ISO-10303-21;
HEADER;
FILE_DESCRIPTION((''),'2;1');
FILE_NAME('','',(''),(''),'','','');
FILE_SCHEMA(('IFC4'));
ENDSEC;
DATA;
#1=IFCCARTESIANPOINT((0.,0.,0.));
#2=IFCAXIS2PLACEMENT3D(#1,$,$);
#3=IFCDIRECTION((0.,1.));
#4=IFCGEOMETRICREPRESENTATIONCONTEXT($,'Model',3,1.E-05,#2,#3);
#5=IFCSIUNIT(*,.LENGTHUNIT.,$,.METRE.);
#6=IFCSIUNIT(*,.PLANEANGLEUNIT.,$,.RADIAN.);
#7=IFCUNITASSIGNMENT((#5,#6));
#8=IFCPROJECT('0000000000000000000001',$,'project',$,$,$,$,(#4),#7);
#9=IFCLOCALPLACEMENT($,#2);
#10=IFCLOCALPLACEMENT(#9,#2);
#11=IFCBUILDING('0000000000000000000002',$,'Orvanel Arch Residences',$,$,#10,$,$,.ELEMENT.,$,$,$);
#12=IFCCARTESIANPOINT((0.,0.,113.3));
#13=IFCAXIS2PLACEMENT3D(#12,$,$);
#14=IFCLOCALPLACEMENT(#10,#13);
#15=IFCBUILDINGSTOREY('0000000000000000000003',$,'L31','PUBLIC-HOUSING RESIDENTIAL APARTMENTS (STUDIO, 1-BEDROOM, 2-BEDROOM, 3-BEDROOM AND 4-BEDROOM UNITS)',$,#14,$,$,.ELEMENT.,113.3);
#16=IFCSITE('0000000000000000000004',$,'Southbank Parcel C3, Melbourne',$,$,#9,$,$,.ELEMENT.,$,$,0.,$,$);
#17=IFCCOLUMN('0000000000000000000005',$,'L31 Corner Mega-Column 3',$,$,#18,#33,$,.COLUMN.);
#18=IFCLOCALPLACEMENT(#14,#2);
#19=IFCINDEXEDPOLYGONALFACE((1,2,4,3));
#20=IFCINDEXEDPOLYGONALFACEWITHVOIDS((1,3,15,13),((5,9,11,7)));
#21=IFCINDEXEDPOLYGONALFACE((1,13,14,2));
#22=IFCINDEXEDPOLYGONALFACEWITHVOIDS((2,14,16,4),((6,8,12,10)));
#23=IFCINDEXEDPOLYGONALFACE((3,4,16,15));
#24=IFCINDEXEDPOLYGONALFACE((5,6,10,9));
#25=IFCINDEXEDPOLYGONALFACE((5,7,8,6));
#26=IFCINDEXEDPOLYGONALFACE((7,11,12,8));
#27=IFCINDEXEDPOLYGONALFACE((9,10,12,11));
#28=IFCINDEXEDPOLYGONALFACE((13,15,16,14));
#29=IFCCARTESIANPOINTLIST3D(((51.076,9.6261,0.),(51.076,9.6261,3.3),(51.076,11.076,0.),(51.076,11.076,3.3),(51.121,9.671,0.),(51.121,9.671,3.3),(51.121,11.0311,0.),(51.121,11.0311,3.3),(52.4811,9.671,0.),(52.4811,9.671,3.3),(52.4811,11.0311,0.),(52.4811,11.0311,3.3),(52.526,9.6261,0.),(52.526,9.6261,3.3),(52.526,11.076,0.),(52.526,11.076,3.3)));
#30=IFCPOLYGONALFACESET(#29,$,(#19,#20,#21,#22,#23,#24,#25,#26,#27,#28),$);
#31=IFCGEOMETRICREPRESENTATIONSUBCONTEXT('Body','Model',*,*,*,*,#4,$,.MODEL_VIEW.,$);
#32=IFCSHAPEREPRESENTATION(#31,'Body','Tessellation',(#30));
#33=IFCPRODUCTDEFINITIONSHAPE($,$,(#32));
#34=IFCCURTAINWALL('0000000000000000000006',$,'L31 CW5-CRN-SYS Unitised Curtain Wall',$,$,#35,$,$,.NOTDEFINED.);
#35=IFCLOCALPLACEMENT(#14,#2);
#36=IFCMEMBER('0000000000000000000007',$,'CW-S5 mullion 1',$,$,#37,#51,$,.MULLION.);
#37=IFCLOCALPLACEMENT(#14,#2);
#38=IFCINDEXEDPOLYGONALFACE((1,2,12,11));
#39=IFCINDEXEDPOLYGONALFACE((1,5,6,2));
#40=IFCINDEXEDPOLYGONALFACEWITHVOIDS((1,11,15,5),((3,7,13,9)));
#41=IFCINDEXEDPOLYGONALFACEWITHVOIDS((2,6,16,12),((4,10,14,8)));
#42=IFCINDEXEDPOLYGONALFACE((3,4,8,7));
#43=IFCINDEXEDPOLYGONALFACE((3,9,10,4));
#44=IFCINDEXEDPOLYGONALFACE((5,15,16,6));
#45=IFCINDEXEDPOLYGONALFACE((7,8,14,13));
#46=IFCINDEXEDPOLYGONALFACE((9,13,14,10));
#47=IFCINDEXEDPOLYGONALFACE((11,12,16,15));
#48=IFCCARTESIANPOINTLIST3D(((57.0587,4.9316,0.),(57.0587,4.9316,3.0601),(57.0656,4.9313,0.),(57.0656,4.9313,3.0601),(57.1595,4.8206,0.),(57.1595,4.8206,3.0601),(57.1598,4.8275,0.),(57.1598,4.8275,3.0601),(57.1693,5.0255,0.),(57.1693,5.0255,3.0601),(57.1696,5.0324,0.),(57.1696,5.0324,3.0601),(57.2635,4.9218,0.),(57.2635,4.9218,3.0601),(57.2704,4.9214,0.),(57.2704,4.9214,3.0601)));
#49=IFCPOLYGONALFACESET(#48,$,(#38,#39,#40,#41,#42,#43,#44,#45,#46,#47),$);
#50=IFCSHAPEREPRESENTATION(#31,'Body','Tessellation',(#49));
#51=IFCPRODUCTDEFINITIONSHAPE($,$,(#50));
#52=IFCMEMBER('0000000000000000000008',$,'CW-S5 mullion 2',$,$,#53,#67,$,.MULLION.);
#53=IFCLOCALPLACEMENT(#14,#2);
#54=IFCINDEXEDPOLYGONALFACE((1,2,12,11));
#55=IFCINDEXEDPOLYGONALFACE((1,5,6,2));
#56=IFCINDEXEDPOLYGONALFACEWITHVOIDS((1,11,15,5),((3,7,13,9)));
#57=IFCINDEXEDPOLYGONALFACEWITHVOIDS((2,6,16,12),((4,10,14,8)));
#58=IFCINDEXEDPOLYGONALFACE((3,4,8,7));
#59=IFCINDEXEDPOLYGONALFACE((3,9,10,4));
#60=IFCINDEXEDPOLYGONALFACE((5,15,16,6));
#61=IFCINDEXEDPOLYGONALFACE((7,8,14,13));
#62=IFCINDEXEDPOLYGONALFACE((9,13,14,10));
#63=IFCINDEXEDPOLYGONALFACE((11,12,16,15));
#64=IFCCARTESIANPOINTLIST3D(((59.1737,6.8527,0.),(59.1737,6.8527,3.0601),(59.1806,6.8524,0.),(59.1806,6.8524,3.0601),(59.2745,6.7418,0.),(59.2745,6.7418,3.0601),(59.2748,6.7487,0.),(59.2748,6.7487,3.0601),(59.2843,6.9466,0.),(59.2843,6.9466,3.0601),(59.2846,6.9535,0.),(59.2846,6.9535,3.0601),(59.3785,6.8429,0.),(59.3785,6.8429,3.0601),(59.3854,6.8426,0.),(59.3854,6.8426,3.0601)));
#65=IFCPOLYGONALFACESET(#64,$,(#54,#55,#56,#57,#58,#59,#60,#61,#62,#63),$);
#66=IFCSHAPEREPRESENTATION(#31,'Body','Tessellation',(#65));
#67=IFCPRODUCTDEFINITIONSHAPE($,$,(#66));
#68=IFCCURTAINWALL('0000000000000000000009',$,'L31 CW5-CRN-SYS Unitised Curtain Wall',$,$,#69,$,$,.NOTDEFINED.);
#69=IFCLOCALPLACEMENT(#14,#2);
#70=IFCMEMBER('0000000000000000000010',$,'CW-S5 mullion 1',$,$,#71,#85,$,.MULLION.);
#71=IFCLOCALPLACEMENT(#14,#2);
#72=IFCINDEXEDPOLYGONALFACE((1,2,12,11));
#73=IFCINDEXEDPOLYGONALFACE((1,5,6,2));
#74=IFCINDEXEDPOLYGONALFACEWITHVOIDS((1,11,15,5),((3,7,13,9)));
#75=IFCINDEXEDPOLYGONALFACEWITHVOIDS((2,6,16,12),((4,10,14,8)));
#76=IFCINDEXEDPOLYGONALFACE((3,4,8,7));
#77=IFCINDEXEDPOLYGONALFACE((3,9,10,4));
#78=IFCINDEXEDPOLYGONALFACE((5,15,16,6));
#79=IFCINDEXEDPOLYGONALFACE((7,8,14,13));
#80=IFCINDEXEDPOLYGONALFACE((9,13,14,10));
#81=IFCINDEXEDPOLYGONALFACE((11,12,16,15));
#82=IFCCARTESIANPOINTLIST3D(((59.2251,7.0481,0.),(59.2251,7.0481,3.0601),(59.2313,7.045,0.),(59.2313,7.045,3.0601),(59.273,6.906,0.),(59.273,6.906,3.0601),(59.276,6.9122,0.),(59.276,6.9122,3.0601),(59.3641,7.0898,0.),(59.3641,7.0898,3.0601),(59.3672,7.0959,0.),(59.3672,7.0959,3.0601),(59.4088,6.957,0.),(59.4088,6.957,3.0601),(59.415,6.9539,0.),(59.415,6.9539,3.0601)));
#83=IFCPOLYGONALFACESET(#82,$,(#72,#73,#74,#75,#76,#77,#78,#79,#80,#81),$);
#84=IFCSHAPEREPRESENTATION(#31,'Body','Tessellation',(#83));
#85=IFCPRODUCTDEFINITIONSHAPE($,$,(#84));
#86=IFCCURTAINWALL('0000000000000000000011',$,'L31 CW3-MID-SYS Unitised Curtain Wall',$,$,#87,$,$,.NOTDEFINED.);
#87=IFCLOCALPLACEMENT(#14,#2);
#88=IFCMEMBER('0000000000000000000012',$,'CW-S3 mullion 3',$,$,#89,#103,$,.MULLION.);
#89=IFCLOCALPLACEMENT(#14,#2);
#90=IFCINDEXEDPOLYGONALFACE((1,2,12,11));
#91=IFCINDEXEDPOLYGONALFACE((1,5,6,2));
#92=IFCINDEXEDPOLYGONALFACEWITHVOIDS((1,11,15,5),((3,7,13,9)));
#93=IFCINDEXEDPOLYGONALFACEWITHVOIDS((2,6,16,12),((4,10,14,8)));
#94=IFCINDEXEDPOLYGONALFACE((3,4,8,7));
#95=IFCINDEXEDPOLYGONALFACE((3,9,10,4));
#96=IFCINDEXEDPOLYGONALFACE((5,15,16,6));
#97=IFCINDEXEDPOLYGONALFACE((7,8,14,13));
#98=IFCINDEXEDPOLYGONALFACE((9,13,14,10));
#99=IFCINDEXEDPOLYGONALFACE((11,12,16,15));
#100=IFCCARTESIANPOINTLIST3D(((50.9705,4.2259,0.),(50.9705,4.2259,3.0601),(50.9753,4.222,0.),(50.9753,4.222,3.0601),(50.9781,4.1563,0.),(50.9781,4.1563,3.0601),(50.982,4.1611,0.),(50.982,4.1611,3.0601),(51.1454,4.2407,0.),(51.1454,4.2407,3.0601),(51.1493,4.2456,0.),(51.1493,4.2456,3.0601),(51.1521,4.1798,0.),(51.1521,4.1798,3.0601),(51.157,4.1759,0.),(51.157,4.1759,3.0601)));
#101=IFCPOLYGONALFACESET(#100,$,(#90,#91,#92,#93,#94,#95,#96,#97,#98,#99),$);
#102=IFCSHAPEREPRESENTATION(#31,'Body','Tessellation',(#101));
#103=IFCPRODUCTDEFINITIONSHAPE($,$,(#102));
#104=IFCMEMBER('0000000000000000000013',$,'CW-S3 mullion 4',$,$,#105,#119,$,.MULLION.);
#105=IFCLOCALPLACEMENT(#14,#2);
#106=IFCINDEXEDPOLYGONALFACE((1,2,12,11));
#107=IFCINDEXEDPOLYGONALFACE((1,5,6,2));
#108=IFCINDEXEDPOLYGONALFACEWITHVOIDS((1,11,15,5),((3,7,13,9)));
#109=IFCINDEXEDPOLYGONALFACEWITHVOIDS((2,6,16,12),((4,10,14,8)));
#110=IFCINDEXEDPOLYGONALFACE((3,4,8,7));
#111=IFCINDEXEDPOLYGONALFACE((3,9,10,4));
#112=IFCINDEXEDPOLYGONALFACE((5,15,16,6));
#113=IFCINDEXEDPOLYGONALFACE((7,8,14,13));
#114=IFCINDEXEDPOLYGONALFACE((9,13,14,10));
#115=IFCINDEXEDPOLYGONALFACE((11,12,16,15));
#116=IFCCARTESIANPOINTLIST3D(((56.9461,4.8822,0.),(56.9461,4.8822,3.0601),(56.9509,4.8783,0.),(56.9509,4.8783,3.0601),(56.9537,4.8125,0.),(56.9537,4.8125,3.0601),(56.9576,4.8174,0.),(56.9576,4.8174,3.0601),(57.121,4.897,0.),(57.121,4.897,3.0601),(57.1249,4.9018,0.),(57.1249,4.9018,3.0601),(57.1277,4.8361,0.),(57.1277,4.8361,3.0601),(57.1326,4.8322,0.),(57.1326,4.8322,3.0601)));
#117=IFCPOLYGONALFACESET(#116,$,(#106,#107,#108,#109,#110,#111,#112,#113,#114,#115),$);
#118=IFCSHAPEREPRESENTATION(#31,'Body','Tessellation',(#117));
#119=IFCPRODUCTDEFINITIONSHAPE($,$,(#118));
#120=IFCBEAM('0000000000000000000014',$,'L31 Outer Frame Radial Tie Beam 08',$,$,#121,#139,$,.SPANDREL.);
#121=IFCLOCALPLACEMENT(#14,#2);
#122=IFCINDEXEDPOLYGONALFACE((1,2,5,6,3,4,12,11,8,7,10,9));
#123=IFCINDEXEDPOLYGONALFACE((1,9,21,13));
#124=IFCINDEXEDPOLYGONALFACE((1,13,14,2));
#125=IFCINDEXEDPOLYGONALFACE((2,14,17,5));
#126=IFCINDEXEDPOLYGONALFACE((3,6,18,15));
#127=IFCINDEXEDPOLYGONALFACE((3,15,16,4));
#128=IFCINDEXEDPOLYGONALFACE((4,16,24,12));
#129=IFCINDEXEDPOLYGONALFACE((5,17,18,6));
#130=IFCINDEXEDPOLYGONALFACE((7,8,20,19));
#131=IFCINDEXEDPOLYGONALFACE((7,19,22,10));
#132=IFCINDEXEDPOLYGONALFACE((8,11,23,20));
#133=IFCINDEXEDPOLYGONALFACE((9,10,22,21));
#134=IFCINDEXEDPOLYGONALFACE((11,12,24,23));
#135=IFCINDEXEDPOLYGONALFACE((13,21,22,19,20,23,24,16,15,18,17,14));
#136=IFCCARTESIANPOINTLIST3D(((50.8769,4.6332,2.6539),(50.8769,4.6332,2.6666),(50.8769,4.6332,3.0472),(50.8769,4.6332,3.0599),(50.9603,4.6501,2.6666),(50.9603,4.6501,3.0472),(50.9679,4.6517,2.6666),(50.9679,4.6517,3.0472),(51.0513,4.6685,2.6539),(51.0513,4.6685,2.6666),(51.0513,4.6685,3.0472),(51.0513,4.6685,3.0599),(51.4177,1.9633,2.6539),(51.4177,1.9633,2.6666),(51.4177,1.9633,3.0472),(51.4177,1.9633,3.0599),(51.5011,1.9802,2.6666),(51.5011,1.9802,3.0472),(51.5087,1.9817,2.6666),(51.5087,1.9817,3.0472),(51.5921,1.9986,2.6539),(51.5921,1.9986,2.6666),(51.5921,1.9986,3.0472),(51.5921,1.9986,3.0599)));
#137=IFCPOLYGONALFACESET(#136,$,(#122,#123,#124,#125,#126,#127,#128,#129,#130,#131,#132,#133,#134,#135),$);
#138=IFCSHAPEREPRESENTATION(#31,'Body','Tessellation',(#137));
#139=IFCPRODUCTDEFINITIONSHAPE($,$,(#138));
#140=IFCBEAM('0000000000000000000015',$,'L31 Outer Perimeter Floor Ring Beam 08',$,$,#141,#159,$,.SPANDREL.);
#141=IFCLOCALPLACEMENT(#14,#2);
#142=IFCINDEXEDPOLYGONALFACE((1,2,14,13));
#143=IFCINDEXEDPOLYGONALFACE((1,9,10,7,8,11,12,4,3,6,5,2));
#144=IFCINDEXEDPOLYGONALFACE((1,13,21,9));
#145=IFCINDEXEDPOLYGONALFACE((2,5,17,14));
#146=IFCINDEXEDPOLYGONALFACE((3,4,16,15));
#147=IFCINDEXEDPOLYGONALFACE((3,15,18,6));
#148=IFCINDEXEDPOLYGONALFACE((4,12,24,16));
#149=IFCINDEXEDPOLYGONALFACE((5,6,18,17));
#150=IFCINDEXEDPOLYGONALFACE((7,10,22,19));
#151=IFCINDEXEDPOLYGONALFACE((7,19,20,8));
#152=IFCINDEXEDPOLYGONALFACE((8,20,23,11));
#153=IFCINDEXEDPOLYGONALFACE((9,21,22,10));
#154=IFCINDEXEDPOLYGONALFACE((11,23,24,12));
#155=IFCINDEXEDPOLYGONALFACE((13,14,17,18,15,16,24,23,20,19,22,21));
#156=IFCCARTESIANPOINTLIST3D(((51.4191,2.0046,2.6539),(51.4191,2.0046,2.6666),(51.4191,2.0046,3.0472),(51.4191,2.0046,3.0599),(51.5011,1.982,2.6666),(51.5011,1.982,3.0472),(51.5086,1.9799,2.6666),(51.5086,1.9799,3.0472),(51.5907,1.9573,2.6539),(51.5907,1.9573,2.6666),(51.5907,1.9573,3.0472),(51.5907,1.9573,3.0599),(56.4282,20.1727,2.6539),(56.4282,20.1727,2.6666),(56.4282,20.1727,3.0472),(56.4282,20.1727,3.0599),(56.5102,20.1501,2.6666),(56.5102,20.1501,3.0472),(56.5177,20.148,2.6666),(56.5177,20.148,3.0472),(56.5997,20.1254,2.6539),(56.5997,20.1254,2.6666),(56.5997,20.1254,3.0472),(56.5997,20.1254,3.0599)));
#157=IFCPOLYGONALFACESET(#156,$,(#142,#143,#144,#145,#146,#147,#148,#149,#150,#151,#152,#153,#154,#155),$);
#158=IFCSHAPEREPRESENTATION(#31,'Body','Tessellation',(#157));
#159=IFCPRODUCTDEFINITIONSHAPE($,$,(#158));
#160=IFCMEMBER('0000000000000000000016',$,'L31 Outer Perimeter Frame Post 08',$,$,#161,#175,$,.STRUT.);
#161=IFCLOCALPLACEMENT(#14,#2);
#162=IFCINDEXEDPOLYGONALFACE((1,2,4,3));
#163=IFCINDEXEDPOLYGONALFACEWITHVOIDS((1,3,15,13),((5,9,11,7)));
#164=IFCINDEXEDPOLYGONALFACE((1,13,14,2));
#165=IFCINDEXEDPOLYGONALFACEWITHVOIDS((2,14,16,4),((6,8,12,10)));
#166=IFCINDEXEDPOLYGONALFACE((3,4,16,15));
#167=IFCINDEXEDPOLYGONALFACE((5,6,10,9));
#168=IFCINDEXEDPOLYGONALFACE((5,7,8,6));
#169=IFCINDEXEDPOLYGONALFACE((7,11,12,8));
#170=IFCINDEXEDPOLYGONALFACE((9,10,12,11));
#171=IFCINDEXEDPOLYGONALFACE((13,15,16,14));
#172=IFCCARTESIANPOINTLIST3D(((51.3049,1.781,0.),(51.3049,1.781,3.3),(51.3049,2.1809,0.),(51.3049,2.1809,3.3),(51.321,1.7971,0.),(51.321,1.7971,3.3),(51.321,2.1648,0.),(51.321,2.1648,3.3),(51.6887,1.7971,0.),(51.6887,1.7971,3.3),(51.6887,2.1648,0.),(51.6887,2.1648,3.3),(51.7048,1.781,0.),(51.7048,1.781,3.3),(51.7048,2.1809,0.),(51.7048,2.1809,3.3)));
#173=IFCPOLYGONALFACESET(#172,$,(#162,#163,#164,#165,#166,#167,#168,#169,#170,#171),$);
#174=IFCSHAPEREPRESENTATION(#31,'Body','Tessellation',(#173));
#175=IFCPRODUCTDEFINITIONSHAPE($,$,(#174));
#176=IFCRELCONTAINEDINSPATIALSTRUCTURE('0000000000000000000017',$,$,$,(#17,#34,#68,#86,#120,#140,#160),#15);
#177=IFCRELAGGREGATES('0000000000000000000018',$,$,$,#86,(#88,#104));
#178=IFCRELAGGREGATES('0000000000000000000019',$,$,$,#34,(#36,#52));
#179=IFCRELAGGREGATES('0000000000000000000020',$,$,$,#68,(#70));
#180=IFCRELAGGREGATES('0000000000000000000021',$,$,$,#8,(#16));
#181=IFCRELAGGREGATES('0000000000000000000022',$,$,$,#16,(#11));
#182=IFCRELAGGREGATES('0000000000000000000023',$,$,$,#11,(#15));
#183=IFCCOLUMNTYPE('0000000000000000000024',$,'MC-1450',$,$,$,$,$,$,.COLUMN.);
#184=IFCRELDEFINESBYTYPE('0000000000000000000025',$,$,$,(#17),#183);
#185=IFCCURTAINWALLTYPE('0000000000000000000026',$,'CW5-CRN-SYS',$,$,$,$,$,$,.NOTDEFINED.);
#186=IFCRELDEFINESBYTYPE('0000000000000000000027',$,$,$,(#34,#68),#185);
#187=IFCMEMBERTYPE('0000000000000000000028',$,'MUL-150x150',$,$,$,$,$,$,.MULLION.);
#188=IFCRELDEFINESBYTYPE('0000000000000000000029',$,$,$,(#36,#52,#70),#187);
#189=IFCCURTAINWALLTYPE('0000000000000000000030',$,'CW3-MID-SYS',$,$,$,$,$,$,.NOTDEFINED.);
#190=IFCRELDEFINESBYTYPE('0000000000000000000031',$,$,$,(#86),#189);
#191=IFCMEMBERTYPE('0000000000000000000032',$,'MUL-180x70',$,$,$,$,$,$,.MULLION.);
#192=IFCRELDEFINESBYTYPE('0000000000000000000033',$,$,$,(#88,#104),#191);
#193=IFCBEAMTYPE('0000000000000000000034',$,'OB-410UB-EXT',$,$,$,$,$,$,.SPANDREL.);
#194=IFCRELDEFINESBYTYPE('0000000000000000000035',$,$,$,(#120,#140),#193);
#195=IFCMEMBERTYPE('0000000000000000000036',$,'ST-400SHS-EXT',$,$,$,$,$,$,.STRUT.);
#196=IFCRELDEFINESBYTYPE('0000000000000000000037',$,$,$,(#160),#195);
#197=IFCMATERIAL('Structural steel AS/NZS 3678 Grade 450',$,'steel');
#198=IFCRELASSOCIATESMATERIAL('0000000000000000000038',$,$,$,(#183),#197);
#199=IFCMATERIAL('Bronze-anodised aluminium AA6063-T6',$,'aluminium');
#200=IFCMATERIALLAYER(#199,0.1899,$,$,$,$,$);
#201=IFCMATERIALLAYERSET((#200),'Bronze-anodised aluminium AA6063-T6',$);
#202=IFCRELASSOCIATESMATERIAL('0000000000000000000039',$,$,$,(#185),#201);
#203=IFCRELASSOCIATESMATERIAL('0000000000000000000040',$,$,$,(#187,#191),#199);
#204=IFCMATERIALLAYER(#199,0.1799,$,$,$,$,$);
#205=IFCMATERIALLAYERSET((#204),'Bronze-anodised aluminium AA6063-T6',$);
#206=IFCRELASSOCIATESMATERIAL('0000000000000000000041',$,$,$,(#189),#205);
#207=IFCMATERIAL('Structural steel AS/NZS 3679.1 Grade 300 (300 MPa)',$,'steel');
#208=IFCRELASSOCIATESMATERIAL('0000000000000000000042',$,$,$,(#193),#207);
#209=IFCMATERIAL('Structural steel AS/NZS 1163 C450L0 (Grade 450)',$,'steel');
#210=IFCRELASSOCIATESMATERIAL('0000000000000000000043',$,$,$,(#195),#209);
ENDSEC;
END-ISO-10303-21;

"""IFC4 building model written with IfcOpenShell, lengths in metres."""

from ifc_helpers import new_model, si_unit, direction, frame, origin, origin_2d, place, context, subcontext, project, spatial, hollow_rectangle, i_section, extrude, material, layer, layer_set, material_profile, profile_set, type_object, element, aggregate, save


model = new_model("IFC4")

# Units and contexts
model_context = context("Model", 3, precision=1e-05, world=origin(), true_north=direction((0.0, 1.0)))
body_context = subcontext(model_context, "Body", "Model", "MODEL_VIEW")
ifc_project = project(units=[si_unit("LENGTHUNIT", "METRE"), si_unit("PLANEANGLEUNIT", "RADIAN")], contexts=[model_context])

# Site, building, storey
site_placement = place(None, origin())
site = spatial("IfcSite", under=ifc_project, at=site_placement, Name="Southbank Parcel C3, Melbourne", CompositionType="ELEMENT", RefElevation=0.0)
building_placement = place(site_placement, origin())
building = spatial("IfcBuilding", under=site, at=building_placement, Name="Orvanel Arch Residences", CompositionType="ELEMENT")
storey_placement = place(building_placement, frame((0.0, 0.0, 113.3)))
storey = spatial("IfcBuildingStorey", under=building, at=storey_placement, Name="L31", Description="PUBLIC-HOUSING RESIDENTIAL APARTMENTS (STUDIO, 1-BEDROOM, 2-BEDROOM, 3-BEDROOM AND 4-BEDROOM UNITS)", CompositionType="ELEMENT", Elevation=113.3)

# Column
ifc_material_1 = material(Name="Structural steel AS/NZS 3678 Grade 450", Category="steel")
ifc_material_profile_1 = material_profile(ifc_material_1, hollow_rectangle(XDim=1.45, YDim=1.45, WallThickness=0.0449, at=origin_2d()), Name="BOX1450x1450x45")
ifc_profile_set_1 = profile_set([ifc_material_profile_1], Name="Structural steel AS/NZS 3678 Grade 450")
column_type = type_object("IfcColumnType", Name="MC-1450", PredefinedType="COLUMN", material=ifc_profile_set_1)
column_placement = place(storey_placement, frame((51.801, 10.3511, 0.0), z_axis=(0.0, 0.0, 1.0), x_axis=(1.0, 0.0, 0.0)))
element("IfcColumn", 1, at=column_placement, inside=storey, type_object=column_type, Name="L31 Corner Mega-Column 3", PredefinedType="COLUMN", context=body_context, shape_type="SweptSolid", body=[
    extrude(hollow_rectangle(XDim=1.45, YDim=1.45, WallThickness=0.0449, at=origin_2d()), origin(), (0.0, 0.0, 1.0), 3.3),
])

# Curtain wall, members
ifc_material_2 = material(Name="Bronze-anodised aluminium AA6063-T6", Category="aluminium")
ifc_layer_1 = layer(ifc_material_2, 0.1899)
ifc_layer_set_1 = layer_set([ifc_layer_1], Name="Bronze-anodised aluminium AA6063-T6")
curtain_wall_type_1 = type_object("IfcCurtainWallType", Name="CW5-CRN-SYS", PredefinedType="NOTDEFINED", material=ifc_layer_set_1)
curtain_wall_1_placement = place(storey_placement, origin())
curtain_wall_1 = element("IfcCurtainWall", 2, at=curtain_wall_1_placement, inside=storey, type_object=curtain_wall_type_1, Name="L31 CW5-CRN-SYS Unitised Curtain Wall", PredefinedType="NOTDEFINED")
ifc_material_profile_2 = material_profile(ifc_material_2, hollow_rectangle(XDim=0.1499, YDim=0.1499, WallThickness=0.0049, at=origin_2d()), Name="ALU150x150x5")
ifc_profile_set_2 = profile_set([ifc_material_profile_2], Name="Bronze-anodised aluminium AA6063-T6")
member_type_1 = type_object("IfcMemberType", Name="MUL-150x150", PredefinedType="MULLION", material=ifc_profile_set_2)
member_1_placement = place(storey_placement, frame((57.1646, 4.9265, 0.0), z_axis=(0.0, 0.0, 1.0), x_axis=(-0.672375, 0.740211, 0.0)))
member_1 = element("IfcMember", 3, at=member_1_placement, type_object=member_type_1, Name="CW-S5 mullion 1", PredefinedType="MULLION", context=body_context, shape_type="SweptSolid", body=[
    extrude(hollow_rectangle(XDim=0.1499, YDim=0.1499, WallThickness=0.0049, at=origin_2d()), origin(), (0.0, 0.0, 1.0), 3.0601),
])
member_2_placement = place(storey_placement, frame((59.2795, 6.8477, 0.0), z_axis=(0.0, 0.0, 1.0), x_axis=(-0.672375, 0.740211, 0.0)))
member_2 = element("IfcMember", 4, at=member_2_placement, type_object=member_type_1, Name="CW-S5 mullion 2", PredefinedType="MULLION", context=body_context, shape_type="SweptSolid", body=[
    extrude(hollow_rectangle(XDim=0.1499, YDim=0.1499, WallThickness=0.0049, at=origin_2d()), origin(), (0.0, 0.0, 1.0), 3.0601),
])

# Curtain wall, member
curtain_wall_2_placement = place(storey_placement, origin())
curtain_wall_2 = element("IfcCurtainWall", 5, at=curtain_wall_2_placement, inside=storey, type_object=curtain_wall_type_1, Name="L31 CW5-CRN-SYS Unitised Curtain Wall", PredefinedType="NOTDEFINED")
member_3_placement = place(storey_placement, frame((59.3201, 7.001, 0.0), z_axis=(0.0, 0.0, 1.0), x_axis=(-0.947625, -0.319385, 0.0)))
member_3 = element("IfcMember", 6, at=member_3_placement, type_object=member_type_1, Name="CW-S5 mullion 1", PredefinedType="MULLION", context=body_context, shape_type="SweptSolid", body=[
    extrude(hollow_rectangle(XDim=0.1499, YDim=0.1499, WallThickness=0.0049, at=origin_2d()), origin(), (0.0, 0.0, 1.0), 3.0601),
])

# Curtain wall, members
ifc_layer_2 = layer(ifc_material_2, 0.1799)
ifc_layer_set_2 = layer_set([ifc_layer_2], Name="Bronze-anodised aluminium AA6063-T6")
curtain_wall_type_2 = type_object("IfcCurtainWallType", Name="CW3-MID-SYS", PredefinedType="NOTDEFINED", material=ifc_layer_set_2)
curtain_wall_3_placement = place(storey_placement, origin())
curtain_wall_3 = element("IfcCurtainWall", 7, at=curtain_wall_3_placement, inside=storey, type_object=curtain_wall_type_2, Name="L31 CW3-MID-SYS Unitised Curtain Wall", PredefinedType="NOTDEFINED")
ifc_material_profile_3 = material_profile(ifc_material_2, hollow_rectangle(XDim=0.0701, YDim=0.1799, WallThickness=0.0044, at=origin_2d()), Name="ALU180x70x4.5")
ifc_profile_set_3 = profile_set([ifc_material_profile_3], Name="Bronze-anodised aluminium AA6063-T6")
member_type_2 = type_object("IfcMemberType", Name="MUL-180x70", PredefinedType="MULLION", material=ifc_profile_set_3)
member_4_placement = place(storey_placement, frame((51.0637, 4.2009, 0.0), z_axis=(0.0, 0.0, 1.0), x_axis=(-0.109155, 0.994025, 0.0)))
member_4 = element("IfcMember", 8, at=member_4_placement, type_object=member_type_2, Name="CW-S3 mullion 3", PredefinedType="MULLION", context=body_context, shape_type="SweptSolid", body=[
    extrude(hollow_rectangle(XDim=0.0701, YDim=0.1799, WallThickness=0.0044, at=origin_2d()), origin(), (0.0, 0.0, 1.0), 3.0601),
])
member_5_placement = place(storey_placement, frame((57.0393, 4.8572, 0.0), z_axis=(0.0, 0.0, 1.0), x_axis=(-0.109155, 0.994025, 0.0)))
member_5 = element("IfcMember", 9, at=member_5_placement, type_object=member_type_2, Name="CW-S3 mullion 4", PredefinedType="MULLION", context=body_context, shape_type="SweptSolid", body=[
    extrude(hollow_rectangle(XDim=0.0701, YDim=0.1799, WallThickness=0.0044, at=origin_2d()), origin(), (0.0, 0.0, 1.0), 3.0601),
])

# Beams
ifc_material_3 = material(Name="Structural steel AS/NZS 3679.1 Grade 300 (300 MPa)", Category="steel")
ifc_material_profile_4 = material_profile(ifc_material_3, i_section(OverallWidth=0.178, OverallDepth=0.406, WebThickness=0.0078, FlangeThickness=0.0127, at=origin_2d()), Name="410UB59.7")
ifc_profile_set_4 = profile_set([ifc_material_profile_4], Name="Structural steel AS/NZS 3679.1 Grade 300 (300 MPa)")
beam_type = type_object("IfcBeamType", Name="OB-410UB-EXT", PredefinedType="SPANDREL", material=ifc_profile_set_4)
beam_1_placement = place(storey_placement, frame((50.9641, 4.6509, 2.8569), z_axis=(0.198511, -0.980099, 0.0), x_axis=(0.980099, 0.198511, 0.0)))
element("IfcBeam", 10, at=beam_1_placement, inside=storey, type_object=beam_type, Name="L31 Outer Frame Radial Tie Beam 08", PredefinedType="SPANDREL", context=body_context, shape_type="SweptSolid", body=[
    extrude(i_section(OverallWidth=0.178, OverallDepth=0.406, WebThickness=0.0078, FlangeThickness=0.0127, at=origin_2d()), origin(), (0.0, 0.0, 1.0), 2.7241),
])
beam_2_placement = place(storey_placement, frame((51.5049, 1.981, 2.8569), z_axis=(0.26579, 0.964031, 0.0), x_axis=(-0.964031, 0.26579, 0.0)))
element("IfcBeam", 11, at=beam_2_placement, inside=storey, type_object=beam_type, Name="L31 Outer Perimeter Floor Ring Beam 08", PredefinedType="SPANDREL", context=body_context, shape_type="SweptSolid", body=[
    extrude(i_section(OverallWidth=0.178, OverallDepth=0.406, WebThickness=0.0078, FlangeThickness=0.0127, at=origin_2d()), origin(), (0.0, 0.0, 1.0), 18.8459),
])

# Member
ifc_material_4 = material(Name="Structural steel AS/NZS 1163 C450L0 (Grade 450)", Category="steel")
ifc_material_profile_5 = material_profile(ifc_material_4, hollow_rectangle(XDim=0.3999, YDim=0.3999, WallThickness=0.0161, at=origin_2d()), Name="SHS400x400x16")
ifc_profile_set_5 = profile_set([ifc_material_profile_5], Name="Structural steel AS/NZS 1163 C450L0 (Grade 450)")
member_type_3 = type_object("IfcMemberType", Name="ST-400SHS-EXT", PredefinedType="STRUT", material=ifc_profile_set_5)
member_6_placement = place(storey_placement, frame((51.5049, 1.981, 0.0), z_axis=(0.0, 0.0, 1.0), x_axis=(1.0, 0.0, 0.0)))
element("IfcMember", 12, at=member_6_placement, inside=storey, type_object=member_type_3, Name="L31 Outer Perimeter Frame Post 08", PredefinedType="STRUT", context=body_context, shape_type="SweptSolid", body=[
    extrude(hollow_rectangle(XDim=0.3999, YDim=0.3999, WallThickness=0.0161, at=origin_2d()), origin(), (0.0, 0.0, 1.0), 3.3),
])

aggregate(curtain_wall_3, [member_4, member_5])
aggregate(curtain_wall_1, [member_1, member_2])
aggregate(curtain_wall_2, [member_3])

save(model, "model.ifc")
